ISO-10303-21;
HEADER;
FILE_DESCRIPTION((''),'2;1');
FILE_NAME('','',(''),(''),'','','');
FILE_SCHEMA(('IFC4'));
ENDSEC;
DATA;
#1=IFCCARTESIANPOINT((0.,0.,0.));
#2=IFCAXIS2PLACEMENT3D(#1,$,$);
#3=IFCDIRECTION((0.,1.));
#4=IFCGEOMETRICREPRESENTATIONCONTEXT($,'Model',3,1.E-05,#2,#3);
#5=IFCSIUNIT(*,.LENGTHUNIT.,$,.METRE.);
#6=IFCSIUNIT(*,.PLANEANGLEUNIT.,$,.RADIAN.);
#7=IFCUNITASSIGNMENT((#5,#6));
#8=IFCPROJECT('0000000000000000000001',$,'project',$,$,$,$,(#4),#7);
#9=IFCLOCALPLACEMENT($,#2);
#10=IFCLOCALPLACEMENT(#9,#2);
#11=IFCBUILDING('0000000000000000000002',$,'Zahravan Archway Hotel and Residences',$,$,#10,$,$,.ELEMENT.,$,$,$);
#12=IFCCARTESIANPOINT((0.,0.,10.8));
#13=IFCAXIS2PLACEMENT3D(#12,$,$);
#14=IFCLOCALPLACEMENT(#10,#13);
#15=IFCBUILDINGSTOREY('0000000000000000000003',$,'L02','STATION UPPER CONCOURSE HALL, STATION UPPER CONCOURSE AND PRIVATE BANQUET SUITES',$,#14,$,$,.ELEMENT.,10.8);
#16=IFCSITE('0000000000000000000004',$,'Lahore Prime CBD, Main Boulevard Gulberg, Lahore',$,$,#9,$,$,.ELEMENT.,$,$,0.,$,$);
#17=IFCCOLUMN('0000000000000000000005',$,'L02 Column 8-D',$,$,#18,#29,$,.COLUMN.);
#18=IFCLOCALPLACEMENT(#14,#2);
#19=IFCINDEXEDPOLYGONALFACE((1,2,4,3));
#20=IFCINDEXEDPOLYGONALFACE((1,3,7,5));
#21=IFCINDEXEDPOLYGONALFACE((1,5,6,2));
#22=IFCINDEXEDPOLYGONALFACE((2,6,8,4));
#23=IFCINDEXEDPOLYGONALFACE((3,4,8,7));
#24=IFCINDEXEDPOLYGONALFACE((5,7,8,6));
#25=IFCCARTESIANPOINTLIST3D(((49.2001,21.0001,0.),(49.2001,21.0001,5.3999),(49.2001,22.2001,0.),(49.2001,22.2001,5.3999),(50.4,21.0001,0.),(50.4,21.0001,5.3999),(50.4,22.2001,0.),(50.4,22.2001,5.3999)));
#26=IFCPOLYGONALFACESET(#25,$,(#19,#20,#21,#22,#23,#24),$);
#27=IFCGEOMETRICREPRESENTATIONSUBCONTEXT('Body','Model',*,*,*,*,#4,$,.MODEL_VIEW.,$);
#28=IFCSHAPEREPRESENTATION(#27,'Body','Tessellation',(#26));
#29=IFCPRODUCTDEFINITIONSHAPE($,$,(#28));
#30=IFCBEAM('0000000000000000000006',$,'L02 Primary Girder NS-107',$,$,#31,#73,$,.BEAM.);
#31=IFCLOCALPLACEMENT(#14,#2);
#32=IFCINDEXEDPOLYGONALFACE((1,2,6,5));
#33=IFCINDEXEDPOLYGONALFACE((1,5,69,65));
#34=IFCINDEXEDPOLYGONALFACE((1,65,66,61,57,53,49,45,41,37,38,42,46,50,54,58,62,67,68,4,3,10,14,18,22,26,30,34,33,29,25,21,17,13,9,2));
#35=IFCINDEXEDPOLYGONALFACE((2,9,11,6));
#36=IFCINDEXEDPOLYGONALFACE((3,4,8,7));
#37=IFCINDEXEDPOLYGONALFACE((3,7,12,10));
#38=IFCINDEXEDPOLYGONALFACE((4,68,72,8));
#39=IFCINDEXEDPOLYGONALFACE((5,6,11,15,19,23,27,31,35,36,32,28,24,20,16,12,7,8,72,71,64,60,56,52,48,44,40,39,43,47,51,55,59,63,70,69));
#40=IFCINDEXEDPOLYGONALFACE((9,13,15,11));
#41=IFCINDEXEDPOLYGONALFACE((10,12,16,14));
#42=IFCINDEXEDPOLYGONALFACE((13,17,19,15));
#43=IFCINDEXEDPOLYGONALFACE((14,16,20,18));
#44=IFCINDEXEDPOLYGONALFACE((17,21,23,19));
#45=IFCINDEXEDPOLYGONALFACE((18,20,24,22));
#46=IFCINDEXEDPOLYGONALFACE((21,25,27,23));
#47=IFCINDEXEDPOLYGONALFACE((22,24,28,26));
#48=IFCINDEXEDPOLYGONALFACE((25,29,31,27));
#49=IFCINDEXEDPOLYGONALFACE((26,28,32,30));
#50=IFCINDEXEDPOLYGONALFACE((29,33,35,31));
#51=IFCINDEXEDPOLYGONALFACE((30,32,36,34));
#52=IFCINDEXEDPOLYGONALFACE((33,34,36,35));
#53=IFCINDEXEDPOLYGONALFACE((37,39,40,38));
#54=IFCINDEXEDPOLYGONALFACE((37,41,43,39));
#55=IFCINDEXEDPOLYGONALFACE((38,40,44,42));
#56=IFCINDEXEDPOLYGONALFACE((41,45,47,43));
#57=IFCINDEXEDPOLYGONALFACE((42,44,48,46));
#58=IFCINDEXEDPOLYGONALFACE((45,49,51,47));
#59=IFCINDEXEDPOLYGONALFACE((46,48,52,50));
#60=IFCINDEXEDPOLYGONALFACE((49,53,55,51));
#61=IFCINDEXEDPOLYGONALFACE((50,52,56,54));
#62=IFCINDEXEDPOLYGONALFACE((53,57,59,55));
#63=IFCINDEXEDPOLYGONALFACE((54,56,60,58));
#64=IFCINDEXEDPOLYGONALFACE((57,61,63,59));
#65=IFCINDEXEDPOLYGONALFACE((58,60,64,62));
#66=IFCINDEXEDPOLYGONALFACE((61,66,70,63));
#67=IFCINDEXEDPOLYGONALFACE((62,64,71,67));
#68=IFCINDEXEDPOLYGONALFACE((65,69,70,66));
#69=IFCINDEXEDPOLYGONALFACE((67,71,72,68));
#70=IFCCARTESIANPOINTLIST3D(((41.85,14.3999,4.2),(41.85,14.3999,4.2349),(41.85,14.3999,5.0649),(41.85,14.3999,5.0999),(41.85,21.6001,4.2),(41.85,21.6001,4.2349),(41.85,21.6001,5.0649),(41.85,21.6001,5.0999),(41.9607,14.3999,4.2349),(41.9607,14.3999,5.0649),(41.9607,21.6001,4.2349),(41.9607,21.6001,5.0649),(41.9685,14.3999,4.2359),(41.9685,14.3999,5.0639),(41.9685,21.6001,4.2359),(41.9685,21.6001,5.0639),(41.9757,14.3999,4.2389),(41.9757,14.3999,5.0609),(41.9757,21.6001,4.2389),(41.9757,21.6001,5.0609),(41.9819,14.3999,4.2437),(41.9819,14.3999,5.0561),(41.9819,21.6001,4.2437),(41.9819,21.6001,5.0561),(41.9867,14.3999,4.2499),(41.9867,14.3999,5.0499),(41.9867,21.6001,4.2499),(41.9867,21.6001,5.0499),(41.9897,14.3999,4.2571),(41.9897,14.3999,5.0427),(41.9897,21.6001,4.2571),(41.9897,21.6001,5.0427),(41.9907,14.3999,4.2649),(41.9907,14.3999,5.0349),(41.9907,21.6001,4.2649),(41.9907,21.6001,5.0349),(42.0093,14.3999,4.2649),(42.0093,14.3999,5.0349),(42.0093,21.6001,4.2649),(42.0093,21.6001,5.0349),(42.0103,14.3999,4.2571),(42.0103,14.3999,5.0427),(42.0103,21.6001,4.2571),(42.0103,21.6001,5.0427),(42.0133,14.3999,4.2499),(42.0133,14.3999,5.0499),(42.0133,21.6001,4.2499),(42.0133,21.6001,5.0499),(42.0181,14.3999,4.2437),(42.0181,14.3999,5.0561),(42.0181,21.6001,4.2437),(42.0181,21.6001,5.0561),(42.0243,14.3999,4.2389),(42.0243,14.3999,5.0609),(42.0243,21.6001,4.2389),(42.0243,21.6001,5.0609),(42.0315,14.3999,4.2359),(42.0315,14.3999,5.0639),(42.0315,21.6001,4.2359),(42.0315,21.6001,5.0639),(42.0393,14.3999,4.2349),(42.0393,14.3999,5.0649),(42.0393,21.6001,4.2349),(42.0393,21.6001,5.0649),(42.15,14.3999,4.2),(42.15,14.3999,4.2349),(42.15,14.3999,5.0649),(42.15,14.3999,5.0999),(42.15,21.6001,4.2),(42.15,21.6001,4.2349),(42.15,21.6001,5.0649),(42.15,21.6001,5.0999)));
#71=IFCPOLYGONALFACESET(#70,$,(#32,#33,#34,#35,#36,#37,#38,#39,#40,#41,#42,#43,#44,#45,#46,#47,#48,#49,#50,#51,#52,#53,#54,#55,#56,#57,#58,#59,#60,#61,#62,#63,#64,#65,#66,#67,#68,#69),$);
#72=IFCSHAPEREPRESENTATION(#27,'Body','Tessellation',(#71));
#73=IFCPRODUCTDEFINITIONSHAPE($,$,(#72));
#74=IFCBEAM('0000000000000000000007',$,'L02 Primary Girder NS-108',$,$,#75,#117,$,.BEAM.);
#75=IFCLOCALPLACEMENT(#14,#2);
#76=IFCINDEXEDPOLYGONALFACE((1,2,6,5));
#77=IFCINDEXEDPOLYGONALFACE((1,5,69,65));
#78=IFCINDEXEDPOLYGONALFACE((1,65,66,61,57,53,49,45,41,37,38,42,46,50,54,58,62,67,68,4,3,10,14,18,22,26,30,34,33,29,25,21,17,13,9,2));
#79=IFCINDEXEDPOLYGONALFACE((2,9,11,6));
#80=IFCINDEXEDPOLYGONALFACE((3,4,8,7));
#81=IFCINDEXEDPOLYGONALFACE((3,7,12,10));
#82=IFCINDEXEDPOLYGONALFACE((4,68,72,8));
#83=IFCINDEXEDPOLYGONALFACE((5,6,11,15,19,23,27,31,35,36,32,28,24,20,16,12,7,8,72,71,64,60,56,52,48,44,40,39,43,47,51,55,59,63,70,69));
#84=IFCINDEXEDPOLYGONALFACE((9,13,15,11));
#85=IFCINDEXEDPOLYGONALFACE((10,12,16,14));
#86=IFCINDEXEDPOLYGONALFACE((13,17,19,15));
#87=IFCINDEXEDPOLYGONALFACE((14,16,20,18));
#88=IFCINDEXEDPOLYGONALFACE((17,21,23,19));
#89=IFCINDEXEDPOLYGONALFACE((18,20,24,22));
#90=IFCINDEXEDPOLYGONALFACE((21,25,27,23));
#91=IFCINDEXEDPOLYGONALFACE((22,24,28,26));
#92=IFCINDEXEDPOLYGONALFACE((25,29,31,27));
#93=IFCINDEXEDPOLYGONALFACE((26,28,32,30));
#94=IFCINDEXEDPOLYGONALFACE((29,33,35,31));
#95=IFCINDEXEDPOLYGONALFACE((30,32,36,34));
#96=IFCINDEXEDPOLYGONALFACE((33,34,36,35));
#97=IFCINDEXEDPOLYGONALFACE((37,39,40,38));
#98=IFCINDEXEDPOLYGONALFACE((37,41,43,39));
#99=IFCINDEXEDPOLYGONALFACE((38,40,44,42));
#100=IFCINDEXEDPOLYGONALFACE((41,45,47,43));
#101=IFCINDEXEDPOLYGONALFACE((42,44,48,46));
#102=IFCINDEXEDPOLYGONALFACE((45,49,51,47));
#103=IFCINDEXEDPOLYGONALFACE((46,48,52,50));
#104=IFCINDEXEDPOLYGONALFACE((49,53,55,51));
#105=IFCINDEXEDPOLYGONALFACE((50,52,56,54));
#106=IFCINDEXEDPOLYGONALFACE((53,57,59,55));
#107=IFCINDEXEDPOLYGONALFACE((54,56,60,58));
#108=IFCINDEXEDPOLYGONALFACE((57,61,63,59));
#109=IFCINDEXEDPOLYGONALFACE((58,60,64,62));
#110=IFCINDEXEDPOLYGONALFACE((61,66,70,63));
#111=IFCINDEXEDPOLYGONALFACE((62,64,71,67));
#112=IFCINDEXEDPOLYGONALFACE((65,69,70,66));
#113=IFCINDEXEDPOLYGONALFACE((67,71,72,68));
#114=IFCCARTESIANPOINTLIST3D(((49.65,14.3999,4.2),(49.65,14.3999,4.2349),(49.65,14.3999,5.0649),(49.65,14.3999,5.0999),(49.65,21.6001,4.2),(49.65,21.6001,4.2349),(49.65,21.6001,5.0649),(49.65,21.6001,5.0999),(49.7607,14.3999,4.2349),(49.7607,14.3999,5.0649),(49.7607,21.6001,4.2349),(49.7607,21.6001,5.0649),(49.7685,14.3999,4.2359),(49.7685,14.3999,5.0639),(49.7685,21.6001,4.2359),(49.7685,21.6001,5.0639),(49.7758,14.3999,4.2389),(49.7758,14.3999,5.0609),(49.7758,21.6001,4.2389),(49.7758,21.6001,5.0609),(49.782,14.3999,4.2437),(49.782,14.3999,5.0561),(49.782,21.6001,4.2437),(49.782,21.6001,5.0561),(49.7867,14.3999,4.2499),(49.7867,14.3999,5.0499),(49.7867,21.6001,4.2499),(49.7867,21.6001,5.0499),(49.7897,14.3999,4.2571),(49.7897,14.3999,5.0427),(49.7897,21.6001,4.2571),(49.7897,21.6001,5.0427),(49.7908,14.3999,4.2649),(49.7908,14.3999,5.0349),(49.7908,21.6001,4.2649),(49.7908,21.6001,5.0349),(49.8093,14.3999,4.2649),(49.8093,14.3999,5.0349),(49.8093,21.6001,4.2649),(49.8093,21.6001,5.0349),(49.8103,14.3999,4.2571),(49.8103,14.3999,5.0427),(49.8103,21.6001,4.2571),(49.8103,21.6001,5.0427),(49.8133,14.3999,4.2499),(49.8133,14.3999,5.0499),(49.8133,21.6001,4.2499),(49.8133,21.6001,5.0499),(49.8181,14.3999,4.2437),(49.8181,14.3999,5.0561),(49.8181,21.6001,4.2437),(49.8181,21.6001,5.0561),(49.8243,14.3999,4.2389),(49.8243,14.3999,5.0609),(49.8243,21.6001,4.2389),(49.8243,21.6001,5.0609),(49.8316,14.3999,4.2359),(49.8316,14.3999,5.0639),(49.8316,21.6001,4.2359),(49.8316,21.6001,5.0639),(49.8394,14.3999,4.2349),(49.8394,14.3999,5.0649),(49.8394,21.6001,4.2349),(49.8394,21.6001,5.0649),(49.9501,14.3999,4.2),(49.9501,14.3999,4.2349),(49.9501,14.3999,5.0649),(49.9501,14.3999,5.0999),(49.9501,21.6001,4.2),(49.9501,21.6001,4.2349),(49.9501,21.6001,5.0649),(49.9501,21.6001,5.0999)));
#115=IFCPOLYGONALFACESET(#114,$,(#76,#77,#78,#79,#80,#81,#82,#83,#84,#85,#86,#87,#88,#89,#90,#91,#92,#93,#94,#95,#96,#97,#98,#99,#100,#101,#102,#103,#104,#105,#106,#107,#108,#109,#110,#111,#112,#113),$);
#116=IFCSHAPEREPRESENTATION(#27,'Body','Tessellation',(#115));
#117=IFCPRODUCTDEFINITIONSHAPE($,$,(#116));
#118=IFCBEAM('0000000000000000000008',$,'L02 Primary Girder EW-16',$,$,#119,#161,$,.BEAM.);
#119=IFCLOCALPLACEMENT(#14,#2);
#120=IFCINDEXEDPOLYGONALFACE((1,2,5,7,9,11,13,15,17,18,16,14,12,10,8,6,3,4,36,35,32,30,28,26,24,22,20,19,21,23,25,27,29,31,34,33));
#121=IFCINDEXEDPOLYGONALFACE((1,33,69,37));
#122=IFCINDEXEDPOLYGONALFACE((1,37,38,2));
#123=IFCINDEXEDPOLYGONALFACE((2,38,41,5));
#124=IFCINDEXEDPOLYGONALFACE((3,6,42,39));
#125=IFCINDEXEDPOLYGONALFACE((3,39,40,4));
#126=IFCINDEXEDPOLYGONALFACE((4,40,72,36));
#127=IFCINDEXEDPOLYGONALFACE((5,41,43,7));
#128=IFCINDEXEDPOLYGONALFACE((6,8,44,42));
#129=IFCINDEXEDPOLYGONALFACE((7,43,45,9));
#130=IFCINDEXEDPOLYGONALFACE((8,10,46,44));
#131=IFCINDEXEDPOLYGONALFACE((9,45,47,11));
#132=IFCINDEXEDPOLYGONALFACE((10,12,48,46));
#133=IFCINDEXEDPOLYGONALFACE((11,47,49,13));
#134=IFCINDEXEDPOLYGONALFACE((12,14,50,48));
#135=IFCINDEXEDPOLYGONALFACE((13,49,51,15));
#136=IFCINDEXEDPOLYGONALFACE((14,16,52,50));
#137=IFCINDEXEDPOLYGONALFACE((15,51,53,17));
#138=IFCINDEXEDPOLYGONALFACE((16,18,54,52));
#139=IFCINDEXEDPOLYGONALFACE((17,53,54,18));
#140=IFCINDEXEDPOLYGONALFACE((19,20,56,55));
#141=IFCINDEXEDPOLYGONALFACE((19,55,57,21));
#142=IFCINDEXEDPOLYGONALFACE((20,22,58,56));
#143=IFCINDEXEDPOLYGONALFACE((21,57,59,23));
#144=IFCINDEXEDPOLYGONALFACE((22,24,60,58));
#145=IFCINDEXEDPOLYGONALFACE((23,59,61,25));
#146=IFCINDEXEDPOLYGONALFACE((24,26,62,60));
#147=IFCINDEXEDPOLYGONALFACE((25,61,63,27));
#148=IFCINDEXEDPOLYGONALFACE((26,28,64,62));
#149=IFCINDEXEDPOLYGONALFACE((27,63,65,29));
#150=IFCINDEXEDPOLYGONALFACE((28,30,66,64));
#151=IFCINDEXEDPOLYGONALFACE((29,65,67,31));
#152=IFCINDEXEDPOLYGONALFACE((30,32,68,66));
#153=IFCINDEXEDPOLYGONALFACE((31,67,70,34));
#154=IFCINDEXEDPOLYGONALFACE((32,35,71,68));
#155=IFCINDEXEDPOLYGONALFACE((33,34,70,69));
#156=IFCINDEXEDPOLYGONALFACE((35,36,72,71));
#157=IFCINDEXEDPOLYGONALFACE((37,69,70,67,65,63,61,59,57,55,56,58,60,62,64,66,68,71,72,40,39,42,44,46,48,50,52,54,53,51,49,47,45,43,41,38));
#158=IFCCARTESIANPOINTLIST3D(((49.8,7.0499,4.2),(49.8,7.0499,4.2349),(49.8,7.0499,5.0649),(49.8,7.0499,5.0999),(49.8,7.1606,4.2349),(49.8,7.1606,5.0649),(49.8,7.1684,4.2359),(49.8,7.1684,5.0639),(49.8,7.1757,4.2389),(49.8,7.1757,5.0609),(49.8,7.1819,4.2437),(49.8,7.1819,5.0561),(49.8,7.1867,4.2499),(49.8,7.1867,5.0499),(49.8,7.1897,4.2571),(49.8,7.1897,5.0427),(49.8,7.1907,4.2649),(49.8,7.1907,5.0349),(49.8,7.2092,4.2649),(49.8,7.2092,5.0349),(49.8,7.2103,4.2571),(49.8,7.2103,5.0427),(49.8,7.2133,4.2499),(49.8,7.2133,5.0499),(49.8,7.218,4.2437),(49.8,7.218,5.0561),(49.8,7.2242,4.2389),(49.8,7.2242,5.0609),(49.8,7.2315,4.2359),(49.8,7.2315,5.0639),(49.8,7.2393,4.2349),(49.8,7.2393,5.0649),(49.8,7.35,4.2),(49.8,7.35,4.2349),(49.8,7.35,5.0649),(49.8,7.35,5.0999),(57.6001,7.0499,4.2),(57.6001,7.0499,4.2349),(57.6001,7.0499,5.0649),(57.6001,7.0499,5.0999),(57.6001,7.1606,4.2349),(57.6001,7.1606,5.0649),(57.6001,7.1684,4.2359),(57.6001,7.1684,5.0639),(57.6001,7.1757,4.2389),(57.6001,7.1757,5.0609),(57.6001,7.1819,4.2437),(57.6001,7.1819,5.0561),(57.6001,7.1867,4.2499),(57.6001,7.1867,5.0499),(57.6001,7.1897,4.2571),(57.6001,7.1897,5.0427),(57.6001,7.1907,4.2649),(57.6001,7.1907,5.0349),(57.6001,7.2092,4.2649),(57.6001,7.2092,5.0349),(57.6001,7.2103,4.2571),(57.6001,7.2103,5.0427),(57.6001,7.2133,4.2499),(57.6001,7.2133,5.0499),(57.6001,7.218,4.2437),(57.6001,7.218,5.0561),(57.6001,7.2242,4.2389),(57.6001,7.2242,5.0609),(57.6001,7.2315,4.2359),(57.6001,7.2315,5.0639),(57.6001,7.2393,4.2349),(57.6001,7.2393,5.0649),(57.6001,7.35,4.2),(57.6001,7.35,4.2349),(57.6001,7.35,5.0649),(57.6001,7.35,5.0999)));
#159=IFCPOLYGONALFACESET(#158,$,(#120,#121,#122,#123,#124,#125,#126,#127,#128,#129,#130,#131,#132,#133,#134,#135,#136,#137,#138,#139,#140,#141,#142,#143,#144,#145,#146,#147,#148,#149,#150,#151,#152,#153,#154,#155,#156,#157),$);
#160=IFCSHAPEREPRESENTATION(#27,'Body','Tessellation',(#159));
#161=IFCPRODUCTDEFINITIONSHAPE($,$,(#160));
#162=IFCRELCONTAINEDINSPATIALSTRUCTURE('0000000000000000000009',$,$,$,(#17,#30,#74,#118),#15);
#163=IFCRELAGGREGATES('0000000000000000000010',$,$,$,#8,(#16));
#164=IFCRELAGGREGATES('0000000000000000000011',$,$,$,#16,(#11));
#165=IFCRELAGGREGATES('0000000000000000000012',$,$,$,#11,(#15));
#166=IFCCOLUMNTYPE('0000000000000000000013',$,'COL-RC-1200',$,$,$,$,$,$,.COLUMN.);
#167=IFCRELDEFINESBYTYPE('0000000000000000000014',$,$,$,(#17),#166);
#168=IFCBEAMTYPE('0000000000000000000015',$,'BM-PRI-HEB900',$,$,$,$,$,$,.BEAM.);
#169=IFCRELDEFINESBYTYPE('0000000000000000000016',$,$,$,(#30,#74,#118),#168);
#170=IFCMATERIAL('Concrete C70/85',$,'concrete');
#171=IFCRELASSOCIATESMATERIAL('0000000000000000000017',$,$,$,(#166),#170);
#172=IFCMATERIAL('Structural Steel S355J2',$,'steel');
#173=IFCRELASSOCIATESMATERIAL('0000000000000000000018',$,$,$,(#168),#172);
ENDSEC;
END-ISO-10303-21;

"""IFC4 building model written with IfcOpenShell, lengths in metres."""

from ifc_helpers import new_model, si_unit, direction, frame, origin, origin_2d, place, context, subcontext, project, spatial, rectangle, i_section, extrude, source, transform, mapped, material, material_profile, profile_set, type_object, element, save


model = new_model("IFC4")

# Units and contexts
model_context = context("Model", 3, precision=1e-05, world=origin(), true_north=direction((0.0, 1.0)))
body_context = subcontext(model_context, "Body", "Model", "MODEL_VIEW")
ifc_project = project(units=[si_unit("LENGTHUNIT", "METRE"), si_unit("PLANEANGLEUNIT", "RADIAN")], contexts=[model_context])

# Site, building, storey
site_placement = place(None, origin())
site = spatial("IfcSite", under=ifc_project, at=site_placement, Name="Lahore Prime CBD, Main Boulevard Gulberg, Lahore", CompositionType="ELEMENT", RefElevation=0.0)
building_placement = place(site_placement, origin())
building = spatial("IfcBuilding", under=site, at=building_placement, Name="Zahravan Archway Hotel and Residences", CompositionType="ELEMENT")
storey_placement = place(building_placement, frame((0.0, 0.0, 10.8)))
storey = spatial("IfcBuildingStorey", under=building, at=storey_placement, Name="L02", Description="STATION UPPER CONCOURSE HALL, STATION UPPER CONCOURSE AND PRIVATE BANQUET SUITES", CompositionType="ELEMENT", Elevation=10.8)

# Column
ifc_material_1 = material(Name="Concrete C70/85", Category="concrete")
ifc_material_profile_1 = material_profile(ifc_material_1, rectangle(XDim=1.2, YDim=1.2, at=origin_2d()), Name="RC-COL-1200x1200", Category="concrete")
ifc_profile_set_1 = profile_set([ifc_material_profile_1], Name="Concrete C70/85")
column_type = type_object("IfcColumnType", Name="COL-RC-1200", PredefinedType="COLUMN", material=ifc_profile_set_1)
shared_shape_1 = source(origin(), body_context, "Body", "SweptSolid", [
    extrude(rectangle(XDim=1.2, YDim=1.2, at=origin_2d()), origin(), (0.0, 0.0, 1.0), 5.3999),
])
column_placement = place(storey_placement, frame((49.8, 21.6001, 0.0), z_axis=(0.0, 0.0, 1.0), x_axis=(1.0, 0.0, 0.0)))
element("IfcColumn", 1, at=column_placement, inside=storey, type_object=column_type, Name="L02 Column 8-D", PredefinedType="COLUMN", context=body_context, shape_type="MappedRepresentation", body=[
    mapped(shared_shape_1, transform((0.0, 0.0, 0.0), scale=1.0)),
])

# Beams
ifc_material_2 = material(Name="Structural Steel S355J2", Category="steel")
ifc_material_profile_2 = material_profile(ifc_material_2, i_section(OverallWidth=0.3, OverallDepth=0.8999, WebThickness=0.0186, FlangeThickness=0.0349, FilletRadius=0.03, at=origin_2d()), Name="HEB 900", Category="steel")
ifc_profile_set_2 = profile_set([ifc_material_profile_2], Name="Structural Steel S355J2")
beam_type_1 = type_object("IfcBeamType", Name="BM-PRI-HEB900", PredefinedType="BEAM", material=ifc_profile_set_2)
shared_shape_2 = source(origin(), body_context, "Body", "SweptSolid", [
    extrude(i_section(OverallWidth=0.3, OverallDepth=0.8999, WebThickness=0.0186, FlangeThickness=0.0349, FilletRadius=0.03, at=origin_2d()), origin(), (0.0, 0.0, 1.0), 7.2002),
])
for number, where, z_axis, x_axis, name in (
    (2, (42.0, 14.3999, 4.6499), (0.0, 1.0, 0.0), (-1.0, 0.0, 0.0), "L02 Primary Girder NS-107"),
    (3, (49.8, 14.3999, 4.6499), (0.0, 1.0, 0.0), (-1.0, 0.0, 0.0), "L02 Primary Girder NS-108"),
):
    element("IfcBeam", number, at=place(storey_placement, frame(where, z_axis=z_axis, x_axis=x_axis)), inside=storey, type_object=beam_type_1, Name=name, PredefinedType="BEAM", context=body_context, shape_type="MappedRepresentation", body=[
        mapped(shared_shape_2, transform((0.0, 0.0, 0.0), scale=1.0)),
    ])
shared_shape_3 = source(origin(), body_context, "Body", "SweptSolid", [
    extrude(i_section(OverallWidth=0.3, OverallDepth=0.8999, WebThickness=0.0186, FlangeThickness=0.0349, FilletRadius=0.03, at=origin_2d()), origin(), (0.0, 0.0, 1.0), 7.8),
])
for number, where, z_axis, x_axis, name in (
    (4, (49.8, 7.2, 4.6499), (1.0, 0.0, 0.0), (0.0, 1.0, 0.0), "L02 Primary Girder EW-16"),
):
    element("IfcBeam", number, at=place(storey_placement, frame(where, z_axis=z_axis, x_axis=x_axis)), inside=storey, type_object=beam_type_1, Name=name, PredefinedType="BEAM", context=body_context, shape_type="MappedRepresentation", body=[
        mapped(shared_shape_3, transform((0.0, 0.0, 0.0), scale=1.0)),
    ])

save(model, "model.ifc")
